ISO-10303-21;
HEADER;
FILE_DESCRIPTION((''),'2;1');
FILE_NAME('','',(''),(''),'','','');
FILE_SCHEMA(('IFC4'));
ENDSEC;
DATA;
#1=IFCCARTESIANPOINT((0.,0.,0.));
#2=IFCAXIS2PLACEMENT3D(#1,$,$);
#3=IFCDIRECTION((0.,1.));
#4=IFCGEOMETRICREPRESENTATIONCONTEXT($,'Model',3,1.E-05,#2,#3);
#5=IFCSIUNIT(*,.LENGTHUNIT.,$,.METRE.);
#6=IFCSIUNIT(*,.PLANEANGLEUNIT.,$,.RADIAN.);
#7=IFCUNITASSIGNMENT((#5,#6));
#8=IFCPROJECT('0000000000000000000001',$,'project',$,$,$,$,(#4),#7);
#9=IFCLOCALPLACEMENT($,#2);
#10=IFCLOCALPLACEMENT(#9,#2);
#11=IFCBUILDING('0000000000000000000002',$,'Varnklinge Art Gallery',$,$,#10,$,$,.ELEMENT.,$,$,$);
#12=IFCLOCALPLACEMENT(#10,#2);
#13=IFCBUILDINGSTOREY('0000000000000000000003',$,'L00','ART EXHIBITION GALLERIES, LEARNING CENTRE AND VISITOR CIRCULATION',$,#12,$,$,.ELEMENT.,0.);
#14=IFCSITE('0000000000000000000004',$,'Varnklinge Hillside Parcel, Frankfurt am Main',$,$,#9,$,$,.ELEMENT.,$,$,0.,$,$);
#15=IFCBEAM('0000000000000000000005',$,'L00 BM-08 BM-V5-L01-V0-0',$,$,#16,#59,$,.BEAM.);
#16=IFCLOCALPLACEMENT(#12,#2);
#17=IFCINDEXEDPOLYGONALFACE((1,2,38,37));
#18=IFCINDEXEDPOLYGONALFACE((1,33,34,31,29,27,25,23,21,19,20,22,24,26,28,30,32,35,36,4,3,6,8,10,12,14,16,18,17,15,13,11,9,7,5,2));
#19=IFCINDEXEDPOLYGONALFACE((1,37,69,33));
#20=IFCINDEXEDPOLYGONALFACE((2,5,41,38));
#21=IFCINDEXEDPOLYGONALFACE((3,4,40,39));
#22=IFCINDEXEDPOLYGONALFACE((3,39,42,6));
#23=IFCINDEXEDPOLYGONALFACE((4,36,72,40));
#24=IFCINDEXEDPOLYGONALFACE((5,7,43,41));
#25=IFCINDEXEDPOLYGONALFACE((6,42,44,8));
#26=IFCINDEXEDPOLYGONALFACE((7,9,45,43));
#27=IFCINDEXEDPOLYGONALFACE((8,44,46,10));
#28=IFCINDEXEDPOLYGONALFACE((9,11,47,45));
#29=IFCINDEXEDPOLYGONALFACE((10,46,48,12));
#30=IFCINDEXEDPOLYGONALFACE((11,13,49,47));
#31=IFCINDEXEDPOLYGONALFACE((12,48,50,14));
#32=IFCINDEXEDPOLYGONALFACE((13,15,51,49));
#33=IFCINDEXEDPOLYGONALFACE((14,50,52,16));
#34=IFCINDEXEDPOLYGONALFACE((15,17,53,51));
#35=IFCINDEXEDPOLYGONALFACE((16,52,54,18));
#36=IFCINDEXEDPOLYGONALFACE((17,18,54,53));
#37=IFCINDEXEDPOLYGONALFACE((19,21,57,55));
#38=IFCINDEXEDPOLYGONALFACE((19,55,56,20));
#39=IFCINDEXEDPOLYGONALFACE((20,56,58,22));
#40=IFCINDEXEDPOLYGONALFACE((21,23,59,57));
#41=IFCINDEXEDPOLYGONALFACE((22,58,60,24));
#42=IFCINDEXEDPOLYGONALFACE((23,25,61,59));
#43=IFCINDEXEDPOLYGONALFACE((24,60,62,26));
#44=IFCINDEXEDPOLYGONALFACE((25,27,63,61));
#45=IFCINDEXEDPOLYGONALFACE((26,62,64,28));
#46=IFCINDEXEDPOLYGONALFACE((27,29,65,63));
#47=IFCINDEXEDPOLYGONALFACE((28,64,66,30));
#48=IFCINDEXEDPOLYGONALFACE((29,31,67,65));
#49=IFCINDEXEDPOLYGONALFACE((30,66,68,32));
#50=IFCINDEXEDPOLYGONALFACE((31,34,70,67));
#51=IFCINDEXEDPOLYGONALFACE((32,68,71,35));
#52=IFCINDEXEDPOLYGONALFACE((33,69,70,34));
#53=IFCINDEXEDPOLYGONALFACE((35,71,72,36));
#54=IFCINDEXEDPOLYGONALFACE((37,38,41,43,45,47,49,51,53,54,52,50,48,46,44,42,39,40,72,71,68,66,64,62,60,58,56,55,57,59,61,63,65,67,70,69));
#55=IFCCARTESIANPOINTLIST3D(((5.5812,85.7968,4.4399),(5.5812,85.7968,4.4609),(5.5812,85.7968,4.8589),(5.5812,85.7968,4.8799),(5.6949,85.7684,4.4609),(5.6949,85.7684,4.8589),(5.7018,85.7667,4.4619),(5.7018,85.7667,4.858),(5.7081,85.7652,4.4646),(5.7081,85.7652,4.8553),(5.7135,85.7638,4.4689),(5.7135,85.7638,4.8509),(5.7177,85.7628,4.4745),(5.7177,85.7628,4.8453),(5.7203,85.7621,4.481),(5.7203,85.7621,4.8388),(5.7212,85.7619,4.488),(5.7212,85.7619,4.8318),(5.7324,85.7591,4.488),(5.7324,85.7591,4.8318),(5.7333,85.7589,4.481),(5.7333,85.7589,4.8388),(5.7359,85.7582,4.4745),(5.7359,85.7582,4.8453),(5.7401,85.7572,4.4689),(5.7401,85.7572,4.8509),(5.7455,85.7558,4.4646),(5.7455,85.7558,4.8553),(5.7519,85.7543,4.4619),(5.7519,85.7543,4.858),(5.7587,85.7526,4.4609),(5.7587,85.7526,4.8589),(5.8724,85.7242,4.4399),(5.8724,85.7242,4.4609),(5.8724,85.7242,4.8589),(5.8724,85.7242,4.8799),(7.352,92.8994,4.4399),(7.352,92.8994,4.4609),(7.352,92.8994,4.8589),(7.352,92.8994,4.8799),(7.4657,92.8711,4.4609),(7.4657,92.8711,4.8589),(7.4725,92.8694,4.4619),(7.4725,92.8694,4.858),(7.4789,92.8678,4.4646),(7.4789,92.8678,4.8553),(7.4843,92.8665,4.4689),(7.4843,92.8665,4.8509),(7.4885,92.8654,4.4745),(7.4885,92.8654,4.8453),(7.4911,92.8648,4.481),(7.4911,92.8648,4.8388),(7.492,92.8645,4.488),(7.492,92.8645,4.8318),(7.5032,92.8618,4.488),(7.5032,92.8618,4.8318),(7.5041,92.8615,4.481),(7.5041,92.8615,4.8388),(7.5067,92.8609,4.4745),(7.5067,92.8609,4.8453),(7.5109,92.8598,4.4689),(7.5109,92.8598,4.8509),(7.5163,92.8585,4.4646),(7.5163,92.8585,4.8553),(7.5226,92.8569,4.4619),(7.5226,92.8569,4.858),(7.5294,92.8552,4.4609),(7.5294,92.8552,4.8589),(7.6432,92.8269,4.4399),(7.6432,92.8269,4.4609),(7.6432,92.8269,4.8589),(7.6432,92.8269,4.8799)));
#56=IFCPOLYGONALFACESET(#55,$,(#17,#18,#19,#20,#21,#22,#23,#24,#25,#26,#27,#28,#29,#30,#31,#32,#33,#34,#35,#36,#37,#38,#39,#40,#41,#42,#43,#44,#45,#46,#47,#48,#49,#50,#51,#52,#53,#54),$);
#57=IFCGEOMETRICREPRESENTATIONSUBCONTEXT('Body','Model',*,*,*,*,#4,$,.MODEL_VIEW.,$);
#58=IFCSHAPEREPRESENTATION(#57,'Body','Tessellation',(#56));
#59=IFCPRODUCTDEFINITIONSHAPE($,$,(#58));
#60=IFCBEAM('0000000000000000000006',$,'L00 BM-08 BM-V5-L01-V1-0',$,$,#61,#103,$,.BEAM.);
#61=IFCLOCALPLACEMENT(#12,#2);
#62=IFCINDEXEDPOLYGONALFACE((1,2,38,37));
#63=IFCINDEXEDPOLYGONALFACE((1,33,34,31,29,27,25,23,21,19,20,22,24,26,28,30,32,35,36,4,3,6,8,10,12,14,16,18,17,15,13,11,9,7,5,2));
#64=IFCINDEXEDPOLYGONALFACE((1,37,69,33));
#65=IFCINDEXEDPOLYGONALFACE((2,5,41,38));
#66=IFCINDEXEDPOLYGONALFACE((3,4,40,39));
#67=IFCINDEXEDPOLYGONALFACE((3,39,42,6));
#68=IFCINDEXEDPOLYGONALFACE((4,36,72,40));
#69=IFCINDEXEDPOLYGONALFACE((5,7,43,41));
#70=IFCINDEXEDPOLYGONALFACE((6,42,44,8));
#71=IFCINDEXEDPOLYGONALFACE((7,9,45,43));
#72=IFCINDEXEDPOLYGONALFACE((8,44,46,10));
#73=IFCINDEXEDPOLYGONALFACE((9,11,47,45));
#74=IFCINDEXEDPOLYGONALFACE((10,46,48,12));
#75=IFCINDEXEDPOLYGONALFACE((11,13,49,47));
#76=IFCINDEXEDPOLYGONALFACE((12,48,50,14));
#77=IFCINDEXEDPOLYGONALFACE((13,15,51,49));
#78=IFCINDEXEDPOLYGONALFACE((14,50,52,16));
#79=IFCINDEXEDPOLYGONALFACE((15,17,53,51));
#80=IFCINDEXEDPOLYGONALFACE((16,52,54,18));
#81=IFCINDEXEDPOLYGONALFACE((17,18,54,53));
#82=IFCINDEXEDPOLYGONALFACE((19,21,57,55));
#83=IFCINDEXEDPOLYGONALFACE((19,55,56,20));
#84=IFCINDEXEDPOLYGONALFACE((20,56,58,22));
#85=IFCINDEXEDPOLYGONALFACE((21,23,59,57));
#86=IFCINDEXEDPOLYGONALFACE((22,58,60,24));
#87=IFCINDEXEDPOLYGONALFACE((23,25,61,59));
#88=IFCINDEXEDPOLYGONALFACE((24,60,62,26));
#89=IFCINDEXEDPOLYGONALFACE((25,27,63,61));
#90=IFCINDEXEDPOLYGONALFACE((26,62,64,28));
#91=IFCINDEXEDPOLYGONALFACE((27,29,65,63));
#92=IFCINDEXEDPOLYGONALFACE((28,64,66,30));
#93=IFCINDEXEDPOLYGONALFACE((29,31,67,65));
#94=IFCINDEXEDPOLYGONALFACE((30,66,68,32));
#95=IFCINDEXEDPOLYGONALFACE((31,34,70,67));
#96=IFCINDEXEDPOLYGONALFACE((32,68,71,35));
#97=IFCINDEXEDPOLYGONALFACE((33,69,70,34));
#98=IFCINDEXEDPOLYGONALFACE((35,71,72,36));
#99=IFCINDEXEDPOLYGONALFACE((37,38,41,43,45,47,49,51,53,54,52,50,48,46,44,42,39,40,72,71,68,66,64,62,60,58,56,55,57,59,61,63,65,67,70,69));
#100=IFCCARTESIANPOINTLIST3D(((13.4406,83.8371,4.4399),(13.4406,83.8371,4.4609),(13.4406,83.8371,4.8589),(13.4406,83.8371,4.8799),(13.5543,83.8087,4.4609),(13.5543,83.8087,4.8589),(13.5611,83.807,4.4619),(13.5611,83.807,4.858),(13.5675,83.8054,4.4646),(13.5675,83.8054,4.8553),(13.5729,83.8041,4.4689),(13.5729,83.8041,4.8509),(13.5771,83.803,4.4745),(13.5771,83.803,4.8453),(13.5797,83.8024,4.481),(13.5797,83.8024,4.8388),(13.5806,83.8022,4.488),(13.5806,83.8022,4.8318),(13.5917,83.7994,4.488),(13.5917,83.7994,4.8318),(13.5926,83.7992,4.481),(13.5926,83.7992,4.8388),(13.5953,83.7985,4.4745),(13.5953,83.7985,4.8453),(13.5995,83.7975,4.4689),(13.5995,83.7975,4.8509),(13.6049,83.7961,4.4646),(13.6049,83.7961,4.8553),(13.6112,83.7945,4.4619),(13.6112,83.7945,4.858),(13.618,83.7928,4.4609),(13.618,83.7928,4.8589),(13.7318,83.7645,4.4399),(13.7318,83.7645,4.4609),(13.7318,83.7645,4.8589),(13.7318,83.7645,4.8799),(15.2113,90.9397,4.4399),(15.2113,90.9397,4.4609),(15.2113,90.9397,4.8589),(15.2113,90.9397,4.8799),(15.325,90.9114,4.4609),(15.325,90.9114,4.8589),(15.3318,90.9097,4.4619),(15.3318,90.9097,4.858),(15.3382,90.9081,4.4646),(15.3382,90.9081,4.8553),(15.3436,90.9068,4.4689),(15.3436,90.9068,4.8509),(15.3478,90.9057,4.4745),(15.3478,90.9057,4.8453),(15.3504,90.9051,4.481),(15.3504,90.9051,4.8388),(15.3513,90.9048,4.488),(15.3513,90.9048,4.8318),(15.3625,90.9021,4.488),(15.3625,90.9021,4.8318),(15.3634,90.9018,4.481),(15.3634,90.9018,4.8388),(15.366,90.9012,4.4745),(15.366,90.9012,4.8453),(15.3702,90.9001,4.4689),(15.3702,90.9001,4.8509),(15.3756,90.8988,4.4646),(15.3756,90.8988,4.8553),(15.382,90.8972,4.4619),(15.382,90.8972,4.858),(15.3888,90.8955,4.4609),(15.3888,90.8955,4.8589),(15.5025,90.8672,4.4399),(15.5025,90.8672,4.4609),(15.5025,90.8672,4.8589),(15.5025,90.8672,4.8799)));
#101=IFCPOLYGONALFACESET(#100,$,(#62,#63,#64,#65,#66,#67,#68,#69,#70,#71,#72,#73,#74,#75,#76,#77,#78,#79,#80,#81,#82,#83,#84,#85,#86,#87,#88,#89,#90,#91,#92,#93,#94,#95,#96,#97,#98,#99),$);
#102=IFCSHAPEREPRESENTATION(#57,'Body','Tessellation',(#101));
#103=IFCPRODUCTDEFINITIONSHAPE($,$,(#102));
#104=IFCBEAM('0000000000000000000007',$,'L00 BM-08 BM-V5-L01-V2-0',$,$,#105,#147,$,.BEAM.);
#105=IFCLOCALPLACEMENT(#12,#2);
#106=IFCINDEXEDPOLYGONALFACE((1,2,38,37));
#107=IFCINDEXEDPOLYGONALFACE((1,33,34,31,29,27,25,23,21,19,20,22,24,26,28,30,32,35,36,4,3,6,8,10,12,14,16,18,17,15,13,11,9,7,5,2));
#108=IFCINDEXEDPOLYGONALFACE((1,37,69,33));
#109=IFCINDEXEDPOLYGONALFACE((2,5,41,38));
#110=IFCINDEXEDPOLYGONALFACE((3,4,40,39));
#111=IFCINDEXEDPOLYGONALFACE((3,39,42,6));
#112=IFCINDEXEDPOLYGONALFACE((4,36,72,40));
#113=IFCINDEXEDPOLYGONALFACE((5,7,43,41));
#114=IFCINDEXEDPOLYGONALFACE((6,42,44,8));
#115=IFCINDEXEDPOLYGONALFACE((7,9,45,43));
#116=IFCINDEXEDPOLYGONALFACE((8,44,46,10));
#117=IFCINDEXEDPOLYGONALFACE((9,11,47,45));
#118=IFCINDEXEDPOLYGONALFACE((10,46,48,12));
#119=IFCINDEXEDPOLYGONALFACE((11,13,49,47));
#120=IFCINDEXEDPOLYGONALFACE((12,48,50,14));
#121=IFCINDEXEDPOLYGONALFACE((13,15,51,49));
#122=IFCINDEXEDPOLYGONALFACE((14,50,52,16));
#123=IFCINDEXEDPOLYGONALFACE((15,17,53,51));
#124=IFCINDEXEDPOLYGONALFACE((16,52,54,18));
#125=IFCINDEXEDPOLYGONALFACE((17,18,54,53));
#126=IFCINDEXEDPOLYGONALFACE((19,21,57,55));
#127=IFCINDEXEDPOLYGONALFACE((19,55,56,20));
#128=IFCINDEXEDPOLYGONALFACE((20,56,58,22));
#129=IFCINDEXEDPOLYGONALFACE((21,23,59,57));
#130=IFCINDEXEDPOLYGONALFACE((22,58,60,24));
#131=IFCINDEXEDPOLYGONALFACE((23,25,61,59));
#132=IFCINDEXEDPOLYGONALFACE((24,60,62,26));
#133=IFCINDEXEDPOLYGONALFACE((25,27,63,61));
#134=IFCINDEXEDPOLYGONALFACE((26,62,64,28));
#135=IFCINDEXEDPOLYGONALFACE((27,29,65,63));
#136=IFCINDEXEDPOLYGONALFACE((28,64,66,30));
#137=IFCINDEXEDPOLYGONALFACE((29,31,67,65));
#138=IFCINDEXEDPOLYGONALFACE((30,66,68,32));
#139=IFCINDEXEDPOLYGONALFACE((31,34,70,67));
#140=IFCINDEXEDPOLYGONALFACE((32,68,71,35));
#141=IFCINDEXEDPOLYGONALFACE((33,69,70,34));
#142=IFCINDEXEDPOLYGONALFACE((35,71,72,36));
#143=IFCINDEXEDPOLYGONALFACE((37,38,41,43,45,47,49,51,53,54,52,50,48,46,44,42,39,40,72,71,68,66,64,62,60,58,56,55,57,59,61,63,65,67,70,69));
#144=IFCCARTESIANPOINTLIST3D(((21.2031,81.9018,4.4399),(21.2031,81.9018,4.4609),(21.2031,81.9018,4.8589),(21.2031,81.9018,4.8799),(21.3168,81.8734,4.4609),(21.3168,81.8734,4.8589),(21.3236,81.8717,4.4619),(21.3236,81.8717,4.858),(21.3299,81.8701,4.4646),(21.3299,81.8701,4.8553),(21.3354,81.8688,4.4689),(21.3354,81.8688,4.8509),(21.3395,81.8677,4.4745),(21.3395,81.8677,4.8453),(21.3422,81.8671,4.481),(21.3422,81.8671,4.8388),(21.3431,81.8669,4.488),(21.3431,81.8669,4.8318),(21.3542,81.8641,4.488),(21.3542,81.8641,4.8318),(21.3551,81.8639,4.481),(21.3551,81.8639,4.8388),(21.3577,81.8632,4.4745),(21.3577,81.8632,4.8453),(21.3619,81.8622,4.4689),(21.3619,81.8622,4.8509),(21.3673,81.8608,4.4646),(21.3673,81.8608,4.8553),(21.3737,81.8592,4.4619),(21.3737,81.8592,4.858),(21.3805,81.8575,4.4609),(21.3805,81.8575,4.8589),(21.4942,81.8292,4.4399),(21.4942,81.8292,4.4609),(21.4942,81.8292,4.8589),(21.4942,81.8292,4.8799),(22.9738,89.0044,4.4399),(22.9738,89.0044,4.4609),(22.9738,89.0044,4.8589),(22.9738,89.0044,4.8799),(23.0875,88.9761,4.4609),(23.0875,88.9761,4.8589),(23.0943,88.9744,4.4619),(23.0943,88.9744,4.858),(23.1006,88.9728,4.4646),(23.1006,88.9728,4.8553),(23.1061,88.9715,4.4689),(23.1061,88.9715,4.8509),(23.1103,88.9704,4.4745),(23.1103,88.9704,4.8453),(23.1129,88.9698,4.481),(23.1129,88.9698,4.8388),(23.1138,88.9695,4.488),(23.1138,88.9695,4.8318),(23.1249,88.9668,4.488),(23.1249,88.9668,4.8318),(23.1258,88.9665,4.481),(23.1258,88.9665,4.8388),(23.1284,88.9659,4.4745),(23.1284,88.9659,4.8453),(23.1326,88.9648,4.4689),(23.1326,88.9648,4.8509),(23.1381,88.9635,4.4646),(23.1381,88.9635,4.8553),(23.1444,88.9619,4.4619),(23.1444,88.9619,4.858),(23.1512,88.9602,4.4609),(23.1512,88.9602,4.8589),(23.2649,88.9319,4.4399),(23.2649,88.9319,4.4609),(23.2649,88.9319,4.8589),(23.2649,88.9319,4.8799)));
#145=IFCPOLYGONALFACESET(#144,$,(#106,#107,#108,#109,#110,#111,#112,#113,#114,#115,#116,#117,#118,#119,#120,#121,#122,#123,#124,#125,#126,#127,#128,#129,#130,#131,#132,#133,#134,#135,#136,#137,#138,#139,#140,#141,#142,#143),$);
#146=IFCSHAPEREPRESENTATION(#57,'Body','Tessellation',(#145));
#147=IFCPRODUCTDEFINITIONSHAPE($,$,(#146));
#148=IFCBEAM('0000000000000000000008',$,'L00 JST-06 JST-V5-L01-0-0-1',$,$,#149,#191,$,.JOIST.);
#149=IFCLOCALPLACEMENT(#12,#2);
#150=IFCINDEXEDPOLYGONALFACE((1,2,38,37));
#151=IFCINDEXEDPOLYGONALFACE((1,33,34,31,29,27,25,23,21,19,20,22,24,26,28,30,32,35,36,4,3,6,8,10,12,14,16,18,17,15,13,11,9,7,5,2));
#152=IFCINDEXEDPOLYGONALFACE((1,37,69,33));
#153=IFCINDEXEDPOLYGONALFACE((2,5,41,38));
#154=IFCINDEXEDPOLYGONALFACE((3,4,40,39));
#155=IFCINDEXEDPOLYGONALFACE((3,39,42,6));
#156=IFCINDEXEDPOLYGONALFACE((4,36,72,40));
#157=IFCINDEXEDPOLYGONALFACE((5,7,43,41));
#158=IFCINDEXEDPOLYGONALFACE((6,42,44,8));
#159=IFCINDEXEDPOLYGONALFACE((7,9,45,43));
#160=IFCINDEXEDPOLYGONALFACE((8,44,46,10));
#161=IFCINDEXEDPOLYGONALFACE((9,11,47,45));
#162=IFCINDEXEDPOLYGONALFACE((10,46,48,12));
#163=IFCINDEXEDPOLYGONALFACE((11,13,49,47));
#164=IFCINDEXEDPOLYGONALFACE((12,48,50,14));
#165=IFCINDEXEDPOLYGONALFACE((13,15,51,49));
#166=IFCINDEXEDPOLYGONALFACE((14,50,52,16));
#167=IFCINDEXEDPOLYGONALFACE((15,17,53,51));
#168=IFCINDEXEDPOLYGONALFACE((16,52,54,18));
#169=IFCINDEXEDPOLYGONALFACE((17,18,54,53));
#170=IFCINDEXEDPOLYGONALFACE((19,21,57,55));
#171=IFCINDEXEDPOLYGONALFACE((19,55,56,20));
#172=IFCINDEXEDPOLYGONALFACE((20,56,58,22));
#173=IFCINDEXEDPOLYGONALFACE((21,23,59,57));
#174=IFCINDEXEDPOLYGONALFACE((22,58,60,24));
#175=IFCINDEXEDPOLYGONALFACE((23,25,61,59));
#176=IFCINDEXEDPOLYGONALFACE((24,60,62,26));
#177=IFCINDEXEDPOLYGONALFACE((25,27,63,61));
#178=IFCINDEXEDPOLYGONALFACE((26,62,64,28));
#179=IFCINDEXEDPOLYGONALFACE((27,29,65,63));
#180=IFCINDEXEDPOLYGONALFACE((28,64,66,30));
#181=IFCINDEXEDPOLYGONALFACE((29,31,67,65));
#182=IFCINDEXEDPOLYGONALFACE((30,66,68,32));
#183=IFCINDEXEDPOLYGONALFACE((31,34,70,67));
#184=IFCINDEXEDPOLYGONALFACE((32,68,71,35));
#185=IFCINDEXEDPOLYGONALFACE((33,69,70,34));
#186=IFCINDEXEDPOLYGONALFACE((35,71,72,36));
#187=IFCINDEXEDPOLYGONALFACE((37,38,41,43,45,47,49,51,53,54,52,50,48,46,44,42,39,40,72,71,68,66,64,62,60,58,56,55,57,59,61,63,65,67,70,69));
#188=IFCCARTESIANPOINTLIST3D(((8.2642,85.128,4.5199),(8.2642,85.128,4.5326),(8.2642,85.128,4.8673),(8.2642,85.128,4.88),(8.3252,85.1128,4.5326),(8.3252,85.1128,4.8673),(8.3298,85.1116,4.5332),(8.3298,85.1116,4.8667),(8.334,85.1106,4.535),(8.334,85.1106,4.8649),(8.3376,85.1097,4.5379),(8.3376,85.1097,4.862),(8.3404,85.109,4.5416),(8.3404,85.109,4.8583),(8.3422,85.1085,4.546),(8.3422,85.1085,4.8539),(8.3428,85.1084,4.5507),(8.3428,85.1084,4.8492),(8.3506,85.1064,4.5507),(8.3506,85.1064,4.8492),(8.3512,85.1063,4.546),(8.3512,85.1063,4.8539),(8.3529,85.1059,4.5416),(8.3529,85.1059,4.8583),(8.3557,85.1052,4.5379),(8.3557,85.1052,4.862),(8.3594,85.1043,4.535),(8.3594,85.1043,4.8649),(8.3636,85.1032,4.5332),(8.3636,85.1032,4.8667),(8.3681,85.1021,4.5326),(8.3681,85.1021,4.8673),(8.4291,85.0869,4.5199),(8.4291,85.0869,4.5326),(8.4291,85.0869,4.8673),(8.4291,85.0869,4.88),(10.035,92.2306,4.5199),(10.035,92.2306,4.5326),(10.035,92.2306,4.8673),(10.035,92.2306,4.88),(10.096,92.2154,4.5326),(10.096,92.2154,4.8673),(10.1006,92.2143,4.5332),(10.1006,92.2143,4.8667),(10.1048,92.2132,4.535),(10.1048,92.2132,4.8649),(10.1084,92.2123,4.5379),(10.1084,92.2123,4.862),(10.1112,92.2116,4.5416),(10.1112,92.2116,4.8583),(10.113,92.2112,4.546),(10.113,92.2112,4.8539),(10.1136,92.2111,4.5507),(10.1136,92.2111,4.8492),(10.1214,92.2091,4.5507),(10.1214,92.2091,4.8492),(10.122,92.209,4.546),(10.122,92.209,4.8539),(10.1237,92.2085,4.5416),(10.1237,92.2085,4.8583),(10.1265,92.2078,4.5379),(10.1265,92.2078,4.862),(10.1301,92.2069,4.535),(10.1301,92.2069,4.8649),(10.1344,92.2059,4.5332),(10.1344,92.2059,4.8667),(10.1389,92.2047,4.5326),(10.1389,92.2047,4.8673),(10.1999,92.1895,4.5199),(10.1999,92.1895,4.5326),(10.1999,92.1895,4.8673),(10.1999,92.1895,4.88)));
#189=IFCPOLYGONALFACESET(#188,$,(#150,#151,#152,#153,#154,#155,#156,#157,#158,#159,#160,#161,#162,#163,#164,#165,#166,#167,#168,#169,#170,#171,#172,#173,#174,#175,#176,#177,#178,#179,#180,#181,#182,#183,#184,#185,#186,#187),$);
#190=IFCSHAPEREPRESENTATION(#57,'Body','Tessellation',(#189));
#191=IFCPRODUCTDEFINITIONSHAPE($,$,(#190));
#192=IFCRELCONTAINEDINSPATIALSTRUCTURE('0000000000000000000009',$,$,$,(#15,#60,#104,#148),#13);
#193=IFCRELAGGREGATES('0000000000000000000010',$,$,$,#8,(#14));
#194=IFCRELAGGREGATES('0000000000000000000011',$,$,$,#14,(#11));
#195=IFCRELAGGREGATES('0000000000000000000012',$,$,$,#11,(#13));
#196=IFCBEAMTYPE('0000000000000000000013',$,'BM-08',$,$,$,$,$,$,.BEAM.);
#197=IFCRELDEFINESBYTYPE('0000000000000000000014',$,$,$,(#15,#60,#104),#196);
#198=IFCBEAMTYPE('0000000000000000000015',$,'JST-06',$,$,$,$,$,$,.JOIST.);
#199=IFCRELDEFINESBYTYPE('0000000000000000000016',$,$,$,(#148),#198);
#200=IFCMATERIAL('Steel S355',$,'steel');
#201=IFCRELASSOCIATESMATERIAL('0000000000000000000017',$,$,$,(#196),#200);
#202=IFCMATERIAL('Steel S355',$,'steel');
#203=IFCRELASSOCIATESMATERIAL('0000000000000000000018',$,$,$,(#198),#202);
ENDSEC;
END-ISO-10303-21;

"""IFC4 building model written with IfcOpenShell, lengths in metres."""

from ifc_helpers import new_model, si_unit, direction, frame, origin, origin_2d, place, context, subcontext, project, spatial, i_section, extrude, material, material_profile, profile_set, type_object, element, save


model = new_model("IFC4")

# Units and contexts
model_context = context("Model", 3, precision=1e-05, world=origin(), true_north=direction((0.0, 1.0)))
body_context = subcontext(model_context, "Body", "Model", "MODEL_VIEW")
ifc_project = project(units=[si_unit("LENGTHUNIT", "METRE"), si_unit("PLANEANGLEUNIT", "RADIAN")], contexts=[model_context])

# Site, building, storey
site_placement = place(None, origin())
site = spatial("IfcSite", under=ifc_project, at=site_placement, Name="Varnklinge Hillside Parcel, Frankfurt am Main", CompositionType="ELEMENT", RefElevation=0.0)
building_placement = place(site_placement, origin())
building = spatial("IfcBuilding", under=site, at=building_placement, Name="Varnklinge Art Gallery", CompositionType="ELEMENT")
storey_placement = place(building_placement, origin())
storey = spatial("IfcBuildingStorey", under=building, at=storey_placement, Name="L00", Description="ART EXHIBITION GALLERIES, LEARNING CENTRE AND VISITOR CIRCULATION", CompositionType="ELEMENT", Elevation=0.0)

# Beams
ifc_material_1 = material(Name="Steel S355", Category="steel")
ifc_material_profile_1 = material_profile(ifc_material_1, i_section(OverallWidth=0.3, OverallDepth=0.4399, WebThickness=0.0115, FlangeThickness=0.021, FilletRadius=0.0271, at=origin_2d()), Name="HEA 450")
ifc_profile_set_1 = profile_set([ifc_material_profile_1], Name="Steel S355")
beam_type_1 = type_object("IfcBeamType", Name="BM-08", PredefinedType="BEAM", material=ifc_profile_set_1)
for number, where, z_axis, x_axis, name in (
    (1, (5.7268, 85.7605, 4.6599), (0.241908, 0.970299, 0.0), (-0.970299, 0.241908, 0.0), "L00 BM-08 BM-V5-L01-V0-0"),
    (2, (13.5862, 83.8008, 4.6599), (0.2419, 0.970301, 0.0), (-0.970301, 0.2419, 0.0), "L00 BM-08 BM-V5-L01-V1-0"),
    (3, (21.3486, 81.8655, 4.6599), (0.2419, 0.970301, 0.0), (-0.970301, 0.2419, 0.0), "L00 BM-08 BM-V5-L01-V2-0"),
):
    element("IfcBeam", number, at=place(storey_placement, frame(where, z_axis=z_axis, x_axis=x_axis)), inside=storey, type_object=beam_type_1, Name=name, PredefinedType="BEAM", context=body_context, shape_type="SweptSolid", body=[
        extrude(i_section(OverallWidth=0.3, OverallDepth=0.4399, WebThickness=0.0115, FlangeThickness=0.021, FilletRadius=0.0271, at=origin_2d()), origin(), (0.0, 0.0, 1.0), 7.3201),
    ])
ifc_material_2 = material(Name="Steel S355", Category="steel")
ifc_material_profile_2 = material_profile(ifc_material_2, i_section(OverallWidth=0.1699, OverallDepth=0.3601, WebThickness=0.0081, FlangeThickness=0.0127, FilletRadius=0.0181, at=origin_2d()), Name="IPE 360")
ifc_profile_set_2 = profile_set([ifc_material_profile_2], Name="Steel S355")
beam_type_2 = type_object("IfcBeamType", Name="JST-06", PredefinedType="JOIST", material=ifc_profile_set_2)
for number, where, z_axis, x_axis, name in (
    (4, (8.3467, 85.1074, 4.7), (0.241908, 0.970299, 0.0), (-0.970299, 0.241908, 0.0), "L00 JST-06 JST-V5-L01-0-0-1"),
):
    element("IfcBeam", number, at=place(storey_placement, frame(where, z_axis=z_axis, x_axis=x_axis)), inside=storey, type_object=beam_type_2, Name=name, PredefinedType="JOIST", context=body_context, shape_type="SweptSolid", body=[
        extrude(i_section(OverallWidth=0.1699, OverallDepth=0.3601, WebThickness=0.0081, FlangeThickness=0.0127, FilletRadius=0.0181, at=origin_2d()), origin(), (0.0, 0.0, 1.0), 7.3201),
    ])

save(model, "model.ifc")
